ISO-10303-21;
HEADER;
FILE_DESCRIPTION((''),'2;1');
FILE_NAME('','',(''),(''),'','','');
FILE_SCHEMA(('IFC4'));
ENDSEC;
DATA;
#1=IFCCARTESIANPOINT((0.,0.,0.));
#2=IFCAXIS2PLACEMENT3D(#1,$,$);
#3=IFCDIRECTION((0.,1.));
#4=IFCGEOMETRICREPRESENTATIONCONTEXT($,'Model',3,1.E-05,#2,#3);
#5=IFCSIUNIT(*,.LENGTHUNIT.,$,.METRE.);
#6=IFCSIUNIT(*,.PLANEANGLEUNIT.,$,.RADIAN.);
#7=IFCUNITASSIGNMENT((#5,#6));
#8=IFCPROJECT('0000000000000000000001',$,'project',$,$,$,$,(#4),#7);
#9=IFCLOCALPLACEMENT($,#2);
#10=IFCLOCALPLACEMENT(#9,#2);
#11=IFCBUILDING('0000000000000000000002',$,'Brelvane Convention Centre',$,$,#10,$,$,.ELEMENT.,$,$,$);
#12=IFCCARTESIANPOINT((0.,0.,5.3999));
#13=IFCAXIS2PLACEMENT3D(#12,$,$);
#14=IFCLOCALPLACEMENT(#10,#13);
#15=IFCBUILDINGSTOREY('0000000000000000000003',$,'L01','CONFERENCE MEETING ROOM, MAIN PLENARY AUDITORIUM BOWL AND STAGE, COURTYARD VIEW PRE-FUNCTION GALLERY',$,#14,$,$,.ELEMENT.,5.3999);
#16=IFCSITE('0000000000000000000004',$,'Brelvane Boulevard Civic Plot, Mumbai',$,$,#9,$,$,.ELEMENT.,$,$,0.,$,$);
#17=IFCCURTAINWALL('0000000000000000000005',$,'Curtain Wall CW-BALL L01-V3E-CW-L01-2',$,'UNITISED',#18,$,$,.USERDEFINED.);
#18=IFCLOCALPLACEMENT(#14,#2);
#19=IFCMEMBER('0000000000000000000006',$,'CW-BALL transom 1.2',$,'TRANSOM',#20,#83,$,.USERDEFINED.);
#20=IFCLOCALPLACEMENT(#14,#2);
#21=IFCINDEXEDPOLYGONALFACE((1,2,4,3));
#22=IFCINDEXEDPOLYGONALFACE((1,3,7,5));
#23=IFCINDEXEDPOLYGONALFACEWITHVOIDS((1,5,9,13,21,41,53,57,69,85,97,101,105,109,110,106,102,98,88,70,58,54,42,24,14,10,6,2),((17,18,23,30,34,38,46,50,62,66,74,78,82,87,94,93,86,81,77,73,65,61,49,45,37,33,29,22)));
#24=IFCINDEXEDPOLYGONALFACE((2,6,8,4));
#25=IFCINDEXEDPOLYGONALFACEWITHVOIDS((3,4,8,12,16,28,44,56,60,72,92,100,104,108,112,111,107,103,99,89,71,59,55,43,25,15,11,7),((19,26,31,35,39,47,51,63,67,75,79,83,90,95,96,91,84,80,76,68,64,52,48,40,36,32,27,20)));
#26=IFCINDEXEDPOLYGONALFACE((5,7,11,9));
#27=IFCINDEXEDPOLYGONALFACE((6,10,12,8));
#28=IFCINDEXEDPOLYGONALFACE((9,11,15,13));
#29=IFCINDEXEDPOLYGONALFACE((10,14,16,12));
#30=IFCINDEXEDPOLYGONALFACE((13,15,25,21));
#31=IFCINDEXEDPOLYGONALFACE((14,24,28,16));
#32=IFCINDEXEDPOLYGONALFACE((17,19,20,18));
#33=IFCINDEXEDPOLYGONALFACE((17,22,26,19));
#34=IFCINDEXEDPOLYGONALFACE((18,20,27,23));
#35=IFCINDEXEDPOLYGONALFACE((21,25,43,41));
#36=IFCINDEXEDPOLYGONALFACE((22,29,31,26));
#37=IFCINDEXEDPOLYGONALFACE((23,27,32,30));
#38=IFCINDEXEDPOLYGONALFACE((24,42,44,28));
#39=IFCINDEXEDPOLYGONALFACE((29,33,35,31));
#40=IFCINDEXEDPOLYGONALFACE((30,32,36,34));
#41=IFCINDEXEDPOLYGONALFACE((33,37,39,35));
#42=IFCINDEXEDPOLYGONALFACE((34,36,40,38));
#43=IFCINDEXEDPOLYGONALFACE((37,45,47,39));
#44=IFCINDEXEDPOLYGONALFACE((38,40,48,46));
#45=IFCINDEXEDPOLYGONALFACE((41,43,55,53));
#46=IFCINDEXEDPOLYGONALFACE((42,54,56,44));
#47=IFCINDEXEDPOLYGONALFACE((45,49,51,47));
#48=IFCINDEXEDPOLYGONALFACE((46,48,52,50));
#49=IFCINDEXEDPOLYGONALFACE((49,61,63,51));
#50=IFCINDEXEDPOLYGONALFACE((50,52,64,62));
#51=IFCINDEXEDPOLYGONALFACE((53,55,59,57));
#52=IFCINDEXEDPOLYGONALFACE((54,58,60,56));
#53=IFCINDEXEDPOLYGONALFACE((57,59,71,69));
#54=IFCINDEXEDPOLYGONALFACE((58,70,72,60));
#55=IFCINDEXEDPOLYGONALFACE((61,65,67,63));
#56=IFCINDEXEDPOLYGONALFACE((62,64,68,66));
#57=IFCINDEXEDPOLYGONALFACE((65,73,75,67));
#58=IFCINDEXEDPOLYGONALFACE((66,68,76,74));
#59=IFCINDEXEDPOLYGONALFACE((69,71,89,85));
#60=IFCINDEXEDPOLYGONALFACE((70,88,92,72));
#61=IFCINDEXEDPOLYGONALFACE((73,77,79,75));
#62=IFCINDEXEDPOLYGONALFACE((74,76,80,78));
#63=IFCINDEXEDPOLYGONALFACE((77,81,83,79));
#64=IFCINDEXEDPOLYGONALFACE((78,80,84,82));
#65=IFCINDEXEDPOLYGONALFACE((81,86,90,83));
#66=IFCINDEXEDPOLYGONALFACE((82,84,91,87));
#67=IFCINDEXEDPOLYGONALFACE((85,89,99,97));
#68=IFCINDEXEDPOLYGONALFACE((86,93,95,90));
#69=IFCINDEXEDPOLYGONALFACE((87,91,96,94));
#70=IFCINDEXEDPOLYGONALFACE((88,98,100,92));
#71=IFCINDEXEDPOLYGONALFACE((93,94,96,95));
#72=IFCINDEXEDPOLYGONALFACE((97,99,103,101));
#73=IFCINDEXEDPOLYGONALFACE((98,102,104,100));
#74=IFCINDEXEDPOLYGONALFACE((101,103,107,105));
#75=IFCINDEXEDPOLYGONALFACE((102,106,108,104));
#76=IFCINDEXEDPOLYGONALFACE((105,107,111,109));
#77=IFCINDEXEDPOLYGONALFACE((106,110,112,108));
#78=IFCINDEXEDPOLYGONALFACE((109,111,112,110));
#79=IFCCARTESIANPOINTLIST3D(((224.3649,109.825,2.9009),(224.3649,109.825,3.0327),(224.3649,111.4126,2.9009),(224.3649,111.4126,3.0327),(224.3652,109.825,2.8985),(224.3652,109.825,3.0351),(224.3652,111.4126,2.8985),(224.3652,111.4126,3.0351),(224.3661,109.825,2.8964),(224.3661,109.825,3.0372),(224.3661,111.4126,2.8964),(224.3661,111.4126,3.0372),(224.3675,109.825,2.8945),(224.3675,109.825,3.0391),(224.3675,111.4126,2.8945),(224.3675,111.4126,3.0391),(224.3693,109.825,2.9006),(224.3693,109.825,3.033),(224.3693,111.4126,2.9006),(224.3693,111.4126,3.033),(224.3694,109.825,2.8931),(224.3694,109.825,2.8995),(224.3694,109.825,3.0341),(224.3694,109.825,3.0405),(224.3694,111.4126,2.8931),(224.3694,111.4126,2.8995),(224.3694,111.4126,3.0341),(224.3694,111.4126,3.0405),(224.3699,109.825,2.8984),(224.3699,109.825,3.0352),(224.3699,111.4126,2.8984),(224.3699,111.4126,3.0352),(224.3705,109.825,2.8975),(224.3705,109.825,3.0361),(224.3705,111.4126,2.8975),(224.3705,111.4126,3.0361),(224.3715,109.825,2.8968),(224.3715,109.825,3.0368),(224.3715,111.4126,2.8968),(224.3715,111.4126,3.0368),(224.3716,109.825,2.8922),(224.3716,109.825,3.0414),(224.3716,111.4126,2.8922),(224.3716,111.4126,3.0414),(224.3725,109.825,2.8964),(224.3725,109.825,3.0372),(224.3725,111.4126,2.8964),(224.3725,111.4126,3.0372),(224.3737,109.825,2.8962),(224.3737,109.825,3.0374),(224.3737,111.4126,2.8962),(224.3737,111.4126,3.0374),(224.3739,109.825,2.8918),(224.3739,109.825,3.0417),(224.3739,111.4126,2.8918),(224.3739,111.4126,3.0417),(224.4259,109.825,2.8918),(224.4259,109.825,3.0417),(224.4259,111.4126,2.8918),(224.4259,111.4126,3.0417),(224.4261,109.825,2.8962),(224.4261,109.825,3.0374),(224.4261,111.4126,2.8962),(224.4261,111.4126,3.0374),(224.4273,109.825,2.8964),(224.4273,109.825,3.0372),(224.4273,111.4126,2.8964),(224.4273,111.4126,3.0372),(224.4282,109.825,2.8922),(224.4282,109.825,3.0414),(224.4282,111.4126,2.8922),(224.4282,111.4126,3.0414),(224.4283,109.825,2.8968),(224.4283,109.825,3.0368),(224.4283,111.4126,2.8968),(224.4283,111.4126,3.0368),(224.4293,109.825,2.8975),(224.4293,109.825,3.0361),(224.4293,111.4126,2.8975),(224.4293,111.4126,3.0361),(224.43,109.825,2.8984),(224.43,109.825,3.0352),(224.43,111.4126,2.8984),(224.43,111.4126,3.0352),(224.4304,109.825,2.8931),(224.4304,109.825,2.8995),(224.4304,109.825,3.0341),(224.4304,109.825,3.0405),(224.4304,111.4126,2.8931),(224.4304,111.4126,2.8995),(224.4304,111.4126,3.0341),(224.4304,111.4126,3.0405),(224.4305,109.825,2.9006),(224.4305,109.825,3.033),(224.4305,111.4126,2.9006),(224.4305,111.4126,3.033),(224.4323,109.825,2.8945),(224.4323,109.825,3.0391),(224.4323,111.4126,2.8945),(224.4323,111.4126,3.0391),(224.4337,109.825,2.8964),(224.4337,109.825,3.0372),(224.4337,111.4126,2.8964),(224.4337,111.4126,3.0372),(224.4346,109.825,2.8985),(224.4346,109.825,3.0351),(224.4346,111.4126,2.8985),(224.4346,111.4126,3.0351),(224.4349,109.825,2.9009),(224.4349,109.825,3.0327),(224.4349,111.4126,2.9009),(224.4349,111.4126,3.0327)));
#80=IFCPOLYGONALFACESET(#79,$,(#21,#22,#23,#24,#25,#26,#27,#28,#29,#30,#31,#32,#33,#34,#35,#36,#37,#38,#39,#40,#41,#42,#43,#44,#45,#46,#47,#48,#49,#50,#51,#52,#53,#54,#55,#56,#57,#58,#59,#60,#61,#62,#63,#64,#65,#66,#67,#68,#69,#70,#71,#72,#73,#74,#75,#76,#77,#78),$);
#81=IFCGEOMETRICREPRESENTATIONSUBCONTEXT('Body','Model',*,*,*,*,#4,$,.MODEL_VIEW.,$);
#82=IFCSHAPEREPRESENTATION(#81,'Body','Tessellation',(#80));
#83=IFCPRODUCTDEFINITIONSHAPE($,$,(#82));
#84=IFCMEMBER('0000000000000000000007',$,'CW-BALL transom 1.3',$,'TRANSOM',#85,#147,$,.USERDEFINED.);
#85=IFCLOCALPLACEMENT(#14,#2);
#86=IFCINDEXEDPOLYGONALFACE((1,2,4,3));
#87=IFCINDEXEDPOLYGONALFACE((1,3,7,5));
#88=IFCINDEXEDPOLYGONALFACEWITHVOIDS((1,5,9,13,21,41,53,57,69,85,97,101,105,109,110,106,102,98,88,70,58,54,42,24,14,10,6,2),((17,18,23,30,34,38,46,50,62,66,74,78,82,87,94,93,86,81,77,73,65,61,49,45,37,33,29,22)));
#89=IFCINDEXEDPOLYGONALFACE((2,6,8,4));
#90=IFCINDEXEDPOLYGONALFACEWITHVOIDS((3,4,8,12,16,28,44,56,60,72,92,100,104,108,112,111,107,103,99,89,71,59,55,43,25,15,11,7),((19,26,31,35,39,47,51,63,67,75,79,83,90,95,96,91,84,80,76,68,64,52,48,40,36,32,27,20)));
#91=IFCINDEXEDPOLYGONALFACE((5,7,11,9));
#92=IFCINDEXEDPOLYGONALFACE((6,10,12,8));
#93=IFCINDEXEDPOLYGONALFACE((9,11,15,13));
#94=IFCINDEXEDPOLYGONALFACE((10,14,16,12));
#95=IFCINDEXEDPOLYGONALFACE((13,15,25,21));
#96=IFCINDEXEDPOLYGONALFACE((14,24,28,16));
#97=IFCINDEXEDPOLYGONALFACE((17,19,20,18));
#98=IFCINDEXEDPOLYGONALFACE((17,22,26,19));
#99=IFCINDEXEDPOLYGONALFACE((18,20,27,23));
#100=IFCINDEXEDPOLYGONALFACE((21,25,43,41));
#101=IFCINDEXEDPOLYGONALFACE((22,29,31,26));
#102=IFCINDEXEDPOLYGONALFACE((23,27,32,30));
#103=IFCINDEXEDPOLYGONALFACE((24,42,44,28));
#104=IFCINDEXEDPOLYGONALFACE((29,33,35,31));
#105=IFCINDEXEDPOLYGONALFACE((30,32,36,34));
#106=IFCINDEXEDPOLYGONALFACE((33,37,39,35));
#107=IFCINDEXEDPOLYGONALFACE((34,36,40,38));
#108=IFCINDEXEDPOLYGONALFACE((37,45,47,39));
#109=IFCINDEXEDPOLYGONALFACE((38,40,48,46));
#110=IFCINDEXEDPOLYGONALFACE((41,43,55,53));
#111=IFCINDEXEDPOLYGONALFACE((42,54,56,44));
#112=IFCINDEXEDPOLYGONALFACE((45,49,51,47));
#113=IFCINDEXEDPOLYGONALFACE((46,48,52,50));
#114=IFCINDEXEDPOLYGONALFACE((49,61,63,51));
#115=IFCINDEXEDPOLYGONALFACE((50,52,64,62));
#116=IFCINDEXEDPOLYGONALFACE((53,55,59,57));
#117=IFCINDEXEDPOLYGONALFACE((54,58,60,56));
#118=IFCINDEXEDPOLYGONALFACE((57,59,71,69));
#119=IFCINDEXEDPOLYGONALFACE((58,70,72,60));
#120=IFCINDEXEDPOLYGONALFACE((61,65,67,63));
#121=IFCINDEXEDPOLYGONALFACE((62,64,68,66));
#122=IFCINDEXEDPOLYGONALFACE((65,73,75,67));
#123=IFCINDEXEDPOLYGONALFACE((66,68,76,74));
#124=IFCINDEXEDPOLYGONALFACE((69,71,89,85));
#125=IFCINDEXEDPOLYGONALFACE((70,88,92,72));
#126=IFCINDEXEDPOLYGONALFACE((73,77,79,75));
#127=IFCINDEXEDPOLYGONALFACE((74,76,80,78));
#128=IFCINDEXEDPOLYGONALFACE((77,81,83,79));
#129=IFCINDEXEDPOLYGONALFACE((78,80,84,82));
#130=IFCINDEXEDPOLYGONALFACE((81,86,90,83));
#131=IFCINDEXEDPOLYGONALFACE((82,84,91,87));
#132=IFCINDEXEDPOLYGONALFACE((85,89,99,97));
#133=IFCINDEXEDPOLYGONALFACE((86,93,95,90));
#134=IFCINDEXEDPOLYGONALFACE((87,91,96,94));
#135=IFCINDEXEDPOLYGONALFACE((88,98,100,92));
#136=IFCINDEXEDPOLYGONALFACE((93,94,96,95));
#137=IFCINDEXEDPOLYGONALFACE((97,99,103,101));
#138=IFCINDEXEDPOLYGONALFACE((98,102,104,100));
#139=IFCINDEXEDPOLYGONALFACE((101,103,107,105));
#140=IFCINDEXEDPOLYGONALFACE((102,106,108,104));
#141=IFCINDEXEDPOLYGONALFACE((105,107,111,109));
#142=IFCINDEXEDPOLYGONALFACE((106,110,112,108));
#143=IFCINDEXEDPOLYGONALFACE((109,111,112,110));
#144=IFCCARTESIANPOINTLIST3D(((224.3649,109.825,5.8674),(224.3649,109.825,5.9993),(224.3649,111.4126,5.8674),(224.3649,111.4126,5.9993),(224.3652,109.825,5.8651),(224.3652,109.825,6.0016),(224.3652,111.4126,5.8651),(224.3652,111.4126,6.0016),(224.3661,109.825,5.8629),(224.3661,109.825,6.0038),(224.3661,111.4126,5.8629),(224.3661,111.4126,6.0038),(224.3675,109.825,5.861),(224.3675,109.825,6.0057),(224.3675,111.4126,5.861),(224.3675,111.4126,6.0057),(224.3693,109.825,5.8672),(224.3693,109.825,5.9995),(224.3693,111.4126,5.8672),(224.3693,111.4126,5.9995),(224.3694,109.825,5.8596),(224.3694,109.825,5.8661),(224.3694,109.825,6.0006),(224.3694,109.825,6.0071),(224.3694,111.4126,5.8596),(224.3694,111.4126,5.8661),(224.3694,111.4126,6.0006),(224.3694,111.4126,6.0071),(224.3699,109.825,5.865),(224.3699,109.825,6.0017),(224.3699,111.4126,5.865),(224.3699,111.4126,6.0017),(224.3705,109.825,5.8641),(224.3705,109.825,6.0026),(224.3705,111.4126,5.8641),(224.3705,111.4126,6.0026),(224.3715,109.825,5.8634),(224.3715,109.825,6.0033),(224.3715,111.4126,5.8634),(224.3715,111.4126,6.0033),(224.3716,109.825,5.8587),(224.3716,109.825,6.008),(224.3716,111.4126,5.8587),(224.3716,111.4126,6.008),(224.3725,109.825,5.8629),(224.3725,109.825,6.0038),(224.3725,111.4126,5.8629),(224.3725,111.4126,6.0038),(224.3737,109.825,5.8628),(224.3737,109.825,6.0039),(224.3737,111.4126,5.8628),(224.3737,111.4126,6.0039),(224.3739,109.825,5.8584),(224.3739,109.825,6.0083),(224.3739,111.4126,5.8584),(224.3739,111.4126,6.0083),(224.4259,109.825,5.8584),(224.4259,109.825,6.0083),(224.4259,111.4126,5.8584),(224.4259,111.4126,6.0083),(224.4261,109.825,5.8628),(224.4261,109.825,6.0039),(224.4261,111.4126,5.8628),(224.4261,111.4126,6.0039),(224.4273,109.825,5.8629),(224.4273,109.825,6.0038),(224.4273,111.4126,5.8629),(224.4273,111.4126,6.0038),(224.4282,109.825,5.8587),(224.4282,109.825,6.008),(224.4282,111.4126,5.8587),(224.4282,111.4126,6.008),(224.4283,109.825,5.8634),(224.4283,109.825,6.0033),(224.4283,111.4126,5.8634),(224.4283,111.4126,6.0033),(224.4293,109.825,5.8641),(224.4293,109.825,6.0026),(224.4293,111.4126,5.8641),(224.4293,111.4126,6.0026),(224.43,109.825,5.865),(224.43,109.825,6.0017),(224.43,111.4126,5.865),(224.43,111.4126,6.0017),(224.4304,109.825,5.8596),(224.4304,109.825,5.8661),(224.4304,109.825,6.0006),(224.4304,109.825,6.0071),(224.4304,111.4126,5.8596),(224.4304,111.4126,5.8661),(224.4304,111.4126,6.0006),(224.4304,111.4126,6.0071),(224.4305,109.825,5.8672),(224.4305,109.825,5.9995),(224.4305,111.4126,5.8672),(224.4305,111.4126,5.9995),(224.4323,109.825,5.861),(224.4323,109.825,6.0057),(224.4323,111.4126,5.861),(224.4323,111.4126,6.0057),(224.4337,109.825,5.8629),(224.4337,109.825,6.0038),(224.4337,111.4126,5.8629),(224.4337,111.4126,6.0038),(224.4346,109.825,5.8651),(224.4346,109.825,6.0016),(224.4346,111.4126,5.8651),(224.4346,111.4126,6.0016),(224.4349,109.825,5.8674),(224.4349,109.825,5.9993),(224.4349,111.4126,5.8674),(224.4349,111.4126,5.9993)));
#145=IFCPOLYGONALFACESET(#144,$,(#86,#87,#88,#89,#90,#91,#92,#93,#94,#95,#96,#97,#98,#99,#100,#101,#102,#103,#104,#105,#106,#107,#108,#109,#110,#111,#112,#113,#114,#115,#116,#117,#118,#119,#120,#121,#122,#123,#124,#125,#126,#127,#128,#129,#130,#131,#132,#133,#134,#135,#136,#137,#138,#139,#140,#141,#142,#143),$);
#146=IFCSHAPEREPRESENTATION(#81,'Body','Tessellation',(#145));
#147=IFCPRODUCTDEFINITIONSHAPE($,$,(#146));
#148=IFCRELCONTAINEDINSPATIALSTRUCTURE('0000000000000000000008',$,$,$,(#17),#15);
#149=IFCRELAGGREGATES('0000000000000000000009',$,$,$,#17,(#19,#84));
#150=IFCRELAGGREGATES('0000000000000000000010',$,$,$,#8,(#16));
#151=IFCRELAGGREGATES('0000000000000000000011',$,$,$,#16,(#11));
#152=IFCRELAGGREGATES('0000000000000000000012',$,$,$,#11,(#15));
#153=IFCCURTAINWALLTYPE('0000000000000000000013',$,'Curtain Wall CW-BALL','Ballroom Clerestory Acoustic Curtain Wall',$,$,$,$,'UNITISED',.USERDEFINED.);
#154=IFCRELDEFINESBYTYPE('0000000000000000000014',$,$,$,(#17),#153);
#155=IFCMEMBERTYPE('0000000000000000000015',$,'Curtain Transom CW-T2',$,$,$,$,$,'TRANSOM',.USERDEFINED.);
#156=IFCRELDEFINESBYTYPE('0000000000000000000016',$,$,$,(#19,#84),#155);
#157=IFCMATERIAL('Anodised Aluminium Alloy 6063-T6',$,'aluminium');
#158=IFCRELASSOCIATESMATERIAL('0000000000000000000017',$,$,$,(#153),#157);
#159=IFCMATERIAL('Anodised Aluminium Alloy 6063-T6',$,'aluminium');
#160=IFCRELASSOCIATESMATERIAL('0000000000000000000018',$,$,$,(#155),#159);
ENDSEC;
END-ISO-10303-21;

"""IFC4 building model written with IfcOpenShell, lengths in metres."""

from ifc_helpers import new_model, si_unit, direction, frame, origin, origin_2d, place, context, subcontext, project, spatial, hollow_rectangle, extrude, material, material_profile, profile_set, type_object, element, aggregate, save


model = new_model("IFC4")

# Units and contexts
model_context = context("Model", 3, precision=1e-05, world=origin(), true_north=direction((0.0, 1.0)))
body_context = subcontext(model_context, "Body", "Model", "MODEL_VIEW")
ifc_project = project(units=[si_unit("LENGTHUNIT", "METRE"), si_unit("PLANEANGLEUNIT", "RADIAN")], contexts=[model_context])

# Site, building, storey
site_placement = place(None, origin())
site = spatial("IfcSite", under=ifc_project, at=site_placement, Name="Brelvane Boulevard Civic Plot, Mumbai", CompositionType="ELEMENT", RefElevation=0.0)
building_placement = place(site_placement, origin())
building = spatial("IfcBuilding", under=site, at=building_placement, Name="Brelvane Convention Centre", CompositionType="ELEMENT")
storey_placement = place(building_placement, frame((0.0, 0.0, 5.3999)))
storey = spatial("IfcBuildingStorey", under=building, at=storey_placement, Name="L01", Description="CONFERENCE MEETING ROOM, MAIN PLENARY AUDITORIUM BOWL AND STAGE, COURTYARD VIEW PRE-FUNCTION GALLERY", CompositionType="ELEMENT", Elevation=5.3999)

# Curtain wall, members
ifc_material_1 = material(Name="Anodised Aluminium Alloy 6063-T6", Category="aluminium")
curtain_wall_type = type_object("IfcCurtainWallType", Name="Curtain Wall CW-BALL", Description="Ballroom Clerestory Acoustic Curtain Wall", ElementType="UNITISED", PredefinedType="USERDEFINED", material=ifc_material_1)
curtain_wall_placement = place(storey_placement, origin())
curtain_wall = element("IfcCurtainWall", 1, at=curtain_wall_placement, inside=storey, type_object=curtain_wall_type, Name="Curtain Wall CW-BALL L01-V3E-CW-L01-2", ObjectType="UNITISED", PredefinedType="USERDEFINED")
ifc_material_2 = material(Name="Anodised Aluminium Alloy 6063-T6", Category="aluminium")
ifc_material_profile_1 = material_profile(ifc_material_2, hollow_rectangle(XDim=0.0701, YDim=0.1499, WallThickness=0.0044, InnerFilletRadius=0.0044, OuterFilletRadius=0.009, at=origin_2d()), Name="ALU-T 150x70x4.5")
ifc_profile_set_1 = profile_set([ifc_material_profile_1], Name="Anodised Aluminium Alloy 6063-T6")
member_type_1 = type_object("IfcMemberType", Name="Curtain Transom CW-T2", ElementType="TRANSOM", PredefinedType="USERDEFINED", material=ifc_profile_set_1)
member_1_placement = place(storey_placement, frame((224.3999, 109.825, 2.9668), z_axis=(0.0, 1.0, 0.0), x_axis=(-1.0, 0.0, 0.0)))
member_1 = element("IfcMember", 2, at=member_1_placement, type_object=member_type_1, Name="CW-BALL transom 1.2", ObjectType="TRANSOM", PredefinedType="USERDEFINED", context=body_context, shape_type="SweptSolid", body=[
    extrude(hollow_rectangle(XDim=0.0701, YDim=0.1499, WallThickness=0.0044, InnerFilletRadius=0.0044, OuterFilletRadius=0.009, at=origin_2d()), origin(), (0.0, 0.0, 1.0), 1.5876),
])
member_2_placement = place(storey_placement, frame((224.3999, 109.825, 5.9333), z_axis=(0.0, 1.0, 0.0), x_axis=(-1.0, 0.0, 0.0)))
member_2 = element("IfcMember", 3, at=member_2_placement, type_object=member_type_1, Name="CW-BALL transom 1.3", ObjectType="TRANSOM", PredefinedType="USERDEFINED", context=body_context, shape_type="SweptSolid", body=[
    extrude(hollow_rectangle(XDim=0.0701, YDim=0.1499, WallThickness=0.0044, InnerFilletRadius=0.0044, OuterFilletRadius=0.009, at=origin_2d()), origin(), (0.0, 0.0, 1.0), 1.5876),
])
aggregate(curtain_wall, [member_1, member_2])

save(model, "model.ifc")
